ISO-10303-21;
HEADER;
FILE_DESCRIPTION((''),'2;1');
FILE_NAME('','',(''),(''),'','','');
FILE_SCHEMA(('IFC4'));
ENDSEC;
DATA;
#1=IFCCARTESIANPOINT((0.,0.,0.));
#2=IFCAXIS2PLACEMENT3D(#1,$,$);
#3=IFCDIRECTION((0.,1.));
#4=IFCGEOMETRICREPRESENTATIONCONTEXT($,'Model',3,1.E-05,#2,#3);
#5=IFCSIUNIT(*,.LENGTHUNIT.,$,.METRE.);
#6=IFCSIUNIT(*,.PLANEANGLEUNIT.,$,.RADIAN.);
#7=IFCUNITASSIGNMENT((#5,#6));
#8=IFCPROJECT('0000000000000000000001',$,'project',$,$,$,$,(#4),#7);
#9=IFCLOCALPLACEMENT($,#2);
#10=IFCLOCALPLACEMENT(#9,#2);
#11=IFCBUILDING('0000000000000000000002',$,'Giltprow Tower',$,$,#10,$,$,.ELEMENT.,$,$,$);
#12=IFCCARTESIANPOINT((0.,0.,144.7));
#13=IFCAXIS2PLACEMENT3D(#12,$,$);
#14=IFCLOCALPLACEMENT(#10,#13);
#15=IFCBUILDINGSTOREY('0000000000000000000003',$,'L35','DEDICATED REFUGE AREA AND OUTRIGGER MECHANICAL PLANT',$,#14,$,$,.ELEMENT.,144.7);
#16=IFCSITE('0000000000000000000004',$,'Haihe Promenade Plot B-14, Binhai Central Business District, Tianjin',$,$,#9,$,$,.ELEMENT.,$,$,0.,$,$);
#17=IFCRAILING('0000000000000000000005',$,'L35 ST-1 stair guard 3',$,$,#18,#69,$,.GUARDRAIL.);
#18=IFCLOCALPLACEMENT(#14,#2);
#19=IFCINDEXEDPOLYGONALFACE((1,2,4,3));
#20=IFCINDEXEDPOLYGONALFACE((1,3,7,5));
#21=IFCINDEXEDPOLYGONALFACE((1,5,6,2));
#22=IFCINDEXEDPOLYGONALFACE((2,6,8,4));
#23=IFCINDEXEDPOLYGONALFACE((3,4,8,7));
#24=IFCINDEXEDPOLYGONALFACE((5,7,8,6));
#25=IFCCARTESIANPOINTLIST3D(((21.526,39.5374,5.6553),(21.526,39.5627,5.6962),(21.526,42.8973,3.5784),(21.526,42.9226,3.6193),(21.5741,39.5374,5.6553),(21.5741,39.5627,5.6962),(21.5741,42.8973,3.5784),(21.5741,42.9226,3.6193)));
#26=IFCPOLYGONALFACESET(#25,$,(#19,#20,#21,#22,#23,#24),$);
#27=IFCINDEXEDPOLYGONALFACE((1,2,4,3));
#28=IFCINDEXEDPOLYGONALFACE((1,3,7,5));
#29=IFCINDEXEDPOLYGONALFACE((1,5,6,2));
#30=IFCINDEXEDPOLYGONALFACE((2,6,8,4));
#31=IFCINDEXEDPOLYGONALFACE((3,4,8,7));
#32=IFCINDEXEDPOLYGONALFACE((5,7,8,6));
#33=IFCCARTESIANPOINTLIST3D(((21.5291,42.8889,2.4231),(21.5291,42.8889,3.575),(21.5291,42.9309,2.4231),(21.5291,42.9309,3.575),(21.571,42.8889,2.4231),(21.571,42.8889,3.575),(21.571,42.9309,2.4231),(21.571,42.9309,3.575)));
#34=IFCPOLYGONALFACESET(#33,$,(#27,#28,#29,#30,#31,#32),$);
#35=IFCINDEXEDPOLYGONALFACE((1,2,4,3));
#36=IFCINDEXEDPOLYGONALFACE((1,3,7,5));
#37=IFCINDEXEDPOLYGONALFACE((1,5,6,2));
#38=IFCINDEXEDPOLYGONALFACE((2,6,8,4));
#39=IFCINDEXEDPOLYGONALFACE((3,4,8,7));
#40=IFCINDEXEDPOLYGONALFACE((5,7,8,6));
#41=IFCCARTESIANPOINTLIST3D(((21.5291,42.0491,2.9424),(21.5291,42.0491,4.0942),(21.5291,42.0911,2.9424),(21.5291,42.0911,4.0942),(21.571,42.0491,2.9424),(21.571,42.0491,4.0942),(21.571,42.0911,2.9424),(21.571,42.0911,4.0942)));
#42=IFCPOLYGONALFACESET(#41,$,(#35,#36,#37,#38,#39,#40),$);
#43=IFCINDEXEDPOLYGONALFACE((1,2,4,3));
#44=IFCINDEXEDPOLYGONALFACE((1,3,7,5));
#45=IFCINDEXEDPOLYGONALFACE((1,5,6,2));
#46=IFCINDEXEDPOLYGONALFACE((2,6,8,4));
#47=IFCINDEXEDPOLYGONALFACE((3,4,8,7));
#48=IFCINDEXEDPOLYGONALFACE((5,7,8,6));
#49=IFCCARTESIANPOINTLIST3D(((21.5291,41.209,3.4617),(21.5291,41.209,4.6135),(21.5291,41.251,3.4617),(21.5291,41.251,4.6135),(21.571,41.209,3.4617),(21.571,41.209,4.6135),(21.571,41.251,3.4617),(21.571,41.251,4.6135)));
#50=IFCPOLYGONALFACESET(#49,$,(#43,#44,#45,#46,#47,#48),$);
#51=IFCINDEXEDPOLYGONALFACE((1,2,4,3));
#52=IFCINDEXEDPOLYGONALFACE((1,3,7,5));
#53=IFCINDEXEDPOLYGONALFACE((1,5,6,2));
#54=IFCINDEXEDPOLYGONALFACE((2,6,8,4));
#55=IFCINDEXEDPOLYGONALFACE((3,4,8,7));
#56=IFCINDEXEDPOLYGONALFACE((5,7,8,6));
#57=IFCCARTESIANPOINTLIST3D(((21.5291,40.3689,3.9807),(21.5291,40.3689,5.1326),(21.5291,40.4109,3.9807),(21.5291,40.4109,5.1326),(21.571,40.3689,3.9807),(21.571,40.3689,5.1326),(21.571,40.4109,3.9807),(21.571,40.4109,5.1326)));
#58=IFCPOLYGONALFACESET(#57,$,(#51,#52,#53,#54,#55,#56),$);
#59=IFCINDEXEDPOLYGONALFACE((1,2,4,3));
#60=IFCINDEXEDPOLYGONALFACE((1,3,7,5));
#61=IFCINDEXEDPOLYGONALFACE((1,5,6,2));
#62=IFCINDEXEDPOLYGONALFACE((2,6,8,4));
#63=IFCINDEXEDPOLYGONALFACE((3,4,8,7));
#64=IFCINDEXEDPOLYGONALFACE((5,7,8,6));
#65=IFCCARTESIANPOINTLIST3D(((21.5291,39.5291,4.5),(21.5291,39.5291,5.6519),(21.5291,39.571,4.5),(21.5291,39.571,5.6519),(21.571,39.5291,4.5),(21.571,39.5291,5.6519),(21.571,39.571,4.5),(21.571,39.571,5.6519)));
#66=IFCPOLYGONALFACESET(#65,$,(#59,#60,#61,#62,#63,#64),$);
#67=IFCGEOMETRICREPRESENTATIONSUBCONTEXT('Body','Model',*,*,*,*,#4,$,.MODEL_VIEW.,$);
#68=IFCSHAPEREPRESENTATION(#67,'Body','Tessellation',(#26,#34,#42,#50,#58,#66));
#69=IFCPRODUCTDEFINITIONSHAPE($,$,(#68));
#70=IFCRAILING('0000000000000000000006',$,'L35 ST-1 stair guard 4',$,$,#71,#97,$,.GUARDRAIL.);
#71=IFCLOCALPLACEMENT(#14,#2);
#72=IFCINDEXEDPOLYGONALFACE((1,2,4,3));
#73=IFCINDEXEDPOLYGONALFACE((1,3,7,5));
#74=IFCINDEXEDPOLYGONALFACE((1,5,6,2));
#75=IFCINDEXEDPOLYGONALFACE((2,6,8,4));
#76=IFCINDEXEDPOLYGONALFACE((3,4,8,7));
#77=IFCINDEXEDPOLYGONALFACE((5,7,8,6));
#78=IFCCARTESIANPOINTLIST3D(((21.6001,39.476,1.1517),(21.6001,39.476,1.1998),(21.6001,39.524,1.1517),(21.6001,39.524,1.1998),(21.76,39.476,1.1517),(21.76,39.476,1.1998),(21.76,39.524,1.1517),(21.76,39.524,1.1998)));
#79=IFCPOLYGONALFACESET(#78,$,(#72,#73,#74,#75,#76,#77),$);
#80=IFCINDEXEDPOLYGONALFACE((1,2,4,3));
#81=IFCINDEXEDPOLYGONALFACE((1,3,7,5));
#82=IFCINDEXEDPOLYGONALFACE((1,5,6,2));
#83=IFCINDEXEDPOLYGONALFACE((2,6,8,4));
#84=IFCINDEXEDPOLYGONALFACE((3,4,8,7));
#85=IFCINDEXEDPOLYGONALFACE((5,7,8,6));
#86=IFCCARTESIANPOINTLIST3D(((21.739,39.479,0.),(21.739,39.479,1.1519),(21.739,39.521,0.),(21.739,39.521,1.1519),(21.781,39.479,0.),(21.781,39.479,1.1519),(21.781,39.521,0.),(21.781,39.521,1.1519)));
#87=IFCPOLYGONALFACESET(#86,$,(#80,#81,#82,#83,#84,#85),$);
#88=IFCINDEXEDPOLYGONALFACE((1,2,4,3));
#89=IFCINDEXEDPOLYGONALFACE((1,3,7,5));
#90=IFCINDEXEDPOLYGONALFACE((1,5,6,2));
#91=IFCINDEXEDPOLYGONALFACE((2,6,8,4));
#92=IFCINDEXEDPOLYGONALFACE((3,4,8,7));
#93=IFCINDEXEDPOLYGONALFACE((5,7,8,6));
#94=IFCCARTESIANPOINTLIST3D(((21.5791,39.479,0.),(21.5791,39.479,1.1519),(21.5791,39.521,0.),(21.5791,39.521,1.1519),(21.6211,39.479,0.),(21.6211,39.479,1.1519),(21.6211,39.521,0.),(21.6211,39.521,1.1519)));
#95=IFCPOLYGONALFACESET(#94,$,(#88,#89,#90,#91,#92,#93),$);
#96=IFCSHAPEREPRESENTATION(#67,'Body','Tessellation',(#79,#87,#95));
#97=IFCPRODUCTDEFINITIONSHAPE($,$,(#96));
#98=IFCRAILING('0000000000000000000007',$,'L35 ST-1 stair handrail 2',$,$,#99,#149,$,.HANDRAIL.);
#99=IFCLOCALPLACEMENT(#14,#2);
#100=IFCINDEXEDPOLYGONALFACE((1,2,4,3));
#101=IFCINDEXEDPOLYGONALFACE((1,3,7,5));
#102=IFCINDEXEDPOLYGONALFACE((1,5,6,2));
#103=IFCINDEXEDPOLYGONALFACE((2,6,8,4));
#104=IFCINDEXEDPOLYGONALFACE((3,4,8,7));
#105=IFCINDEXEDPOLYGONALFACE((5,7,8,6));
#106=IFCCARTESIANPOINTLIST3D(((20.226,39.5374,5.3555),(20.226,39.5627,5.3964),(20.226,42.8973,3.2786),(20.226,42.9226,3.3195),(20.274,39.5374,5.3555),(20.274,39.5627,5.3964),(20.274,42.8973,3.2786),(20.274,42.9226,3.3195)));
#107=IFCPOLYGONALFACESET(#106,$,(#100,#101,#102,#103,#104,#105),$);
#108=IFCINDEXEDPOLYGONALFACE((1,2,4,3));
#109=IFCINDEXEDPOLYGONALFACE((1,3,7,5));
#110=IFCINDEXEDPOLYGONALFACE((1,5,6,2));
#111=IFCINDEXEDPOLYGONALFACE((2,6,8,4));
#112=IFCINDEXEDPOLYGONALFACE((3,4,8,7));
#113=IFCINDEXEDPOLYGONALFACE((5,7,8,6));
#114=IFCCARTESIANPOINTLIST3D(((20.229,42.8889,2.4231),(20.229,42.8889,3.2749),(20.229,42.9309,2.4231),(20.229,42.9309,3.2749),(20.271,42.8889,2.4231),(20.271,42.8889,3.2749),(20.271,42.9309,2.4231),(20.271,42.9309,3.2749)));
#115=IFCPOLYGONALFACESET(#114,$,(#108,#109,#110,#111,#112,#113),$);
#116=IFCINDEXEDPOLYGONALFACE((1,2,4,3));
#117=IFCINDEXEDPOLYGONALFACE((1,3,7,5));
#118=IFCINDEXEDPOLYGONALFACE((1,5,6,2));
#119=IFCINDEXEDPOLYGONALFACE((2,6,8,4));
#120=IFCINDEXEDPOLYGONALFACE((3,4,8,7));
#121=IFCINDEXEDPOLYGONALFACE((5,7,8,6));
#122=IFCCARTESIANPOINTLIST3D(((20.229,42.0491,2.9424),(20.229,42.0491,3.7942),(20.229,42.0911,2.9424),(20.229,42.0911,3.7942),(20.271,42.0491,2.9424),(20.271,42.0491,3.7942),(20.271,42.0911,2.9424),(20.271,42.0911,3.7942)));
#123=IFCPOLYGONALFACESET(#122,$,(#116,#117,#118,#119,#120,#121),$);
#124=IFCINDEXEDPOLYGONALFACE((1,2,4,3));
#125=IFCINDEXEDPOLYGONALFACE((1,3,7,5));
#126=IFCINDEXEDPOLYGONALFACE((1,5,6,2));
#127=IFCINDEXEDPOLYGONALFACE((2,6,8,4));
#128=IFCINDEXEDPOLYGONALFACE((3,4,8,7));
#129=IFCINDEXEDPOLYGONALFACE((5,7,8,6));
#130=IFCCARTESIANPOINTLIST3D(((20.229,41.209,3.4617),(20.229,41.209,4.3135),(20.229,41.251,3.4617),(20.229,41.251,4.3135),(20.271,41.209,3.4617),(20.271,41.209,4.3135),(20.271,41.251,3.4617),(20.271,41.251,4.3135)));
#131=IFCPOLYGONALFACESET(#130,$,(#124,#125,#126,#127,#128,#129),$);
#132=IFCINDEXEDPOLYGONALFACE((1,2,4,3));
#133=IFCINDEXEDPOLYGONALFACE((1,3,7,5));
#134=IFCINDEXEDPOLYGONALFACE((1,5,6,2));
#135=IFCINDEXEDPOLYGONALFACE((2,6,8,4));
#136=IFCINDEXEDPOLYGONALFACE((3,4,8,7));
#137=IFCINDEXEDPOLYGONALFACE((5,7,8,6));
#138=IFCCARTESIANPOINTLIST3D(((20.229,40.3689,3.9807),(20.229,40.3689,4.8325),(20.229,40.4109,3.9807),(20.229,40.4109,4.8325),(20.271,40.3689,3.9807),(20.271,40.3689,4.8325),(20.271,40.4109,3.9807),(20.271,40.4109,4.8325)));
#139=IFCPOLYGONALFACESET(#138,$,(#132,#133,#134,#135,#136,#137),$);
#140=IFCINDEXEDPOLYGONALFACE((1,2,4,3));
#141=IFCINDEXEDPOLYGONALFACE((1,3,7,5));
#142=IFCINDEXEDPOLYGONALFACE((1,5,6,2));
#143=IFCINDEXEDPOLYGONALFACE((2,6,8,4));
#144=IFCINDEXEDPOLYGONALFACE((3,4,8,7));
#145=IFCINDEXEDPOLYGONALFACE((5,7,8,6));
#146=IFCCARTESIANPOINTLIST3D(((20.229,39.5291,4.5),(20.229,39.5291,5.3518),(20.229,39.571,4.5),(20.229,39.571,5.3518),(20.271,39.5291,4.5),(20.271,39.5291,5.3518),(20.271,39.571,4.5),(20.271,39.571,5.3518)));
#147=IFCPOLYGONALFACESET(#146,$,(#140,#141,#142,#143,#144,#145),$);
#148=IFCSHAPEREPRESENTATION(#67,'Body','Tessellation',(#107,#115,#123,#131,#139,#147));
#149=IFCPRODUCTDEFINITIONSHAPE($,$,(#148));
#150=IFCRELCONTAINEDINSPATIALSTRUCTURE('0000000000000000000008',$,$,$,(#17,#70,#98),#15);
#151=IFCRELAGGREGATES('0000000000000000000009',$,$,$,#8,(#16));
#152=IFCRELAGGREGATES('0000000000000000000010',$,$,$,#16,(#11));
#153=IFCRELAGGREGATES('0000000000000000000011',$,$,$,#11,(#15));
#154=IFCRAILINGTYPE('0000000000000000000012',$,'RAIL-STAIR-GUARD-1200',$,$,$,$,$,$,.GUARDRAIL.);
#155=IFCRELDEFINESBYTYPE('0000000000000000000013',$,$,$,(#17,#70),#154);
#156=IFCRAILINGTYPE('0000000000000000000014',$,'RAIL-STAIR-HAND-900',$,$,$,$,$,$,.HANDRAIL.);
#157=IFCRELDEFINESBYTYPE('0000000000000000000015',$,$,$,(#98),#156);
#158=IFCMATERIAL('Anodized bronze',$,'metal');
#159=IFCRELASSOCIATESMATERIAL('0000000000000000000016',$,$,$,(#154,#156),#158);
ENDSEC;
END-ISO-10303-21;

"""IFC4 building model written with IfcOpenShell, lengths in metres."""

from ifc_helpers import new_model, si_unit, direction, frame, origin, origin_2d, place, context, subcontext, project, spatial, rectangle, extrude, material, type_object, element, save


model = new_model("IFC4")

# Units and contexts
model_context = context("Model", 3, precision=1e-05, world=origin(), true_north=direction((0.0, 1.0)))
body_context = subcontext(model_context, "Body", "Model", "MODEL_VIEW")
ifc_project = project(units=[si_unit("LENGTHUNIT", "METRE"), si_unit("PLANEANGLEUNIT", "RADIAN")], contexts=[model_context])

# Site, building, storey
site_placement = place(None, origin())
site = spatial("IfcSite", under=ifc_project, at=site_placement, Name="Haihe Promenade Plot B-14, Binhai Central Business District, Tianjin", CompositionType="ELEMENT", RefElevation=0.0)
building_placement = place(site_placement, origin())
building = spatial("IfcBuilding", under=site, at=building_placement, Name="Giltprow Tower", CompositionType="ELEMENT")
storey_placement = place(building_placement, frame((0.0, 0.0, 144.7)))
storey = spatial("IfcBuildingStorey", under=building, at=storey_placement, Name="L35", Description="DEDICATED REFUGE AREA AND OUTRIGGER MECHANICAL PLANT", CompositionType="ELEMENT", Elevation=144.7)

# Railings
ifc_material_1 = material(Name="Anodized bronze", Category="metal")
railing_type_1 = type_object("IfcRailingType", Name="RAIL-STAIR-GUARD-1200", PredefinedType="GUARDRAIL", material=ifc_material_1)
railing_1_placement = place(storey_placement, frame((21.55, 42.9099, 2.4231)))
element("IfcRailing", 1, at=railing_1_placement, inside=storey, type_object=railing_type_1, Name="L35 ST-1 stair guard 3", PredefinedType="GUARDRAIL", context=body_context, shape_type="SweptSolid", body=[
    extrude(rectangle(XDim=0.0481, YDim=0.0481, at=origin_2d()), frame((0.0, 0.0, 1.1758), z_axis=(0.0, -0.850606, 0.525803), x_axis=(1.0, 0.0, 0.0)), (0.0, 0.0, 1.0), 3.95),
    extrude(rectangle(XDim=0.042, YDim=0.042, at=origin_2d()), origin(), (0.0, 0.0, 1.0), 1.1519),
    extrude(rectangle(XDim=0.042, YDim=0.042, at=origin_2d()), frame((0.0, -0.8398, 0.5193)), (0.0, 0.0, 1.0), 1.1519),
    extrude(rectangle(XDim=0.042, YDim=0.042, at=origin_2d()), frame((0.0, -1.6799, 1.0386)), (0.0, 0.0, 1.0), 1.1519),
    extrude(rectangle(XDim=0.042, YDim=0.042, at=origin_2d()), frame((0.0, -2.52, 1.5576)), (0.0, 0.0, 1.0), 1.1519),
    extrude(rectangle(XDim=0.042, YDim=0.042, at=origin_2d()), frame((0.0, -3.3599, 2.0769)), (0.0, 0.0, 1.0), 1.1519),
])
railing_2_placement = place(storey_placement, frame((21.76, 39.5, 0.0)))
element("IfcRailing", 2, at=railing_2_placement, inside=storey, type_object=railing_type_1, Name="L35 ST-1 stair guard 4", PredefinedType="GUARDRAIL", context=body_context, shape_type="SweptSolid", body=[
    extrude(rectangle(XDim=0.0481, YDim=0.0481, at=origin_2d()), frame((0.0, 0.0, 1.1758), z_axis=(-1.0, 0.0, 0.0), x_axis=(0.0, -1.0, 0.0)), (0.0, 0.0, 1.0), 0.1599),
    extrude(rectangle(XDim=0.042, YDim=0.042, at=origin_2d()), origin(), (0.0, 0.0, 1.0), 1.1519),
    extrude(rectangle(XDim=0.042, YDim=0.042, at=origin_2d()), frame((-0.1599, 0.0, 0.0)), (0.0, 0.0, 1.0), 1.1519),
])
railing_type_2 = type_object("IfcRailingType", Name="RAIL-STAIR-HAND-900", PredefinedType="HANDRAIL", material=ifc_material_1)
railing_3_placement = place(storey_placement, frame((20.25, 42.9099, 2.4231)))
element("IfcRailing", 3, at=railing_3_placement, inside=storey, type_object=railing_type_2, Name="L35 ST-1 stair handrail 2", PredefinedType="HANDRAIL", context=body_context, shape_type="SweptSolid", body=[
    extrude(rectangle(XDim=0.0481, YDim=0.0481, at=origin_2d()), frame((0.0, 0.0, 0.876), z_axis=(0.0, -0.850606, 0.525803), x_axis=(1.0, 0.0, 0.0)), (0.0, 0.0, 1.0), 3.95),
    extrude(rectangle(XDim=0.042, YDim=0.042, at=origin_2d()), origin(), (0.0, 0.0, 1.0), 0.8518),
    extrude(rectangle(XDim=0.042, YDim=0.042, at=origin_2d()), frame((0.0, -0.8398, 0.5193)), (0.0, 0.0, 1.0), 0.8518),
    extrude(rectangle(XDim=0.042, YDim=0.042, at=origin_2d()), frame((0.0, -1.6799, 1.0386)), (0.0, 0.0, 1.0), 0.8518),
    extrude(rectangle(XDim=0.042, YDim=0.042, at=origin_2d()), frame((0.0, -2.52, 1.5576)), (0.0, 0.0, 1.0), 0.8518),
    extrude(rectangle(XDim=0.042, YDim=0.042, at=origin_2d()), frame((0.0, -3.3599, 2.0769)), (0.0, 0.0, 1.0), 0.8518),
])

save(model, "model.ifc")
